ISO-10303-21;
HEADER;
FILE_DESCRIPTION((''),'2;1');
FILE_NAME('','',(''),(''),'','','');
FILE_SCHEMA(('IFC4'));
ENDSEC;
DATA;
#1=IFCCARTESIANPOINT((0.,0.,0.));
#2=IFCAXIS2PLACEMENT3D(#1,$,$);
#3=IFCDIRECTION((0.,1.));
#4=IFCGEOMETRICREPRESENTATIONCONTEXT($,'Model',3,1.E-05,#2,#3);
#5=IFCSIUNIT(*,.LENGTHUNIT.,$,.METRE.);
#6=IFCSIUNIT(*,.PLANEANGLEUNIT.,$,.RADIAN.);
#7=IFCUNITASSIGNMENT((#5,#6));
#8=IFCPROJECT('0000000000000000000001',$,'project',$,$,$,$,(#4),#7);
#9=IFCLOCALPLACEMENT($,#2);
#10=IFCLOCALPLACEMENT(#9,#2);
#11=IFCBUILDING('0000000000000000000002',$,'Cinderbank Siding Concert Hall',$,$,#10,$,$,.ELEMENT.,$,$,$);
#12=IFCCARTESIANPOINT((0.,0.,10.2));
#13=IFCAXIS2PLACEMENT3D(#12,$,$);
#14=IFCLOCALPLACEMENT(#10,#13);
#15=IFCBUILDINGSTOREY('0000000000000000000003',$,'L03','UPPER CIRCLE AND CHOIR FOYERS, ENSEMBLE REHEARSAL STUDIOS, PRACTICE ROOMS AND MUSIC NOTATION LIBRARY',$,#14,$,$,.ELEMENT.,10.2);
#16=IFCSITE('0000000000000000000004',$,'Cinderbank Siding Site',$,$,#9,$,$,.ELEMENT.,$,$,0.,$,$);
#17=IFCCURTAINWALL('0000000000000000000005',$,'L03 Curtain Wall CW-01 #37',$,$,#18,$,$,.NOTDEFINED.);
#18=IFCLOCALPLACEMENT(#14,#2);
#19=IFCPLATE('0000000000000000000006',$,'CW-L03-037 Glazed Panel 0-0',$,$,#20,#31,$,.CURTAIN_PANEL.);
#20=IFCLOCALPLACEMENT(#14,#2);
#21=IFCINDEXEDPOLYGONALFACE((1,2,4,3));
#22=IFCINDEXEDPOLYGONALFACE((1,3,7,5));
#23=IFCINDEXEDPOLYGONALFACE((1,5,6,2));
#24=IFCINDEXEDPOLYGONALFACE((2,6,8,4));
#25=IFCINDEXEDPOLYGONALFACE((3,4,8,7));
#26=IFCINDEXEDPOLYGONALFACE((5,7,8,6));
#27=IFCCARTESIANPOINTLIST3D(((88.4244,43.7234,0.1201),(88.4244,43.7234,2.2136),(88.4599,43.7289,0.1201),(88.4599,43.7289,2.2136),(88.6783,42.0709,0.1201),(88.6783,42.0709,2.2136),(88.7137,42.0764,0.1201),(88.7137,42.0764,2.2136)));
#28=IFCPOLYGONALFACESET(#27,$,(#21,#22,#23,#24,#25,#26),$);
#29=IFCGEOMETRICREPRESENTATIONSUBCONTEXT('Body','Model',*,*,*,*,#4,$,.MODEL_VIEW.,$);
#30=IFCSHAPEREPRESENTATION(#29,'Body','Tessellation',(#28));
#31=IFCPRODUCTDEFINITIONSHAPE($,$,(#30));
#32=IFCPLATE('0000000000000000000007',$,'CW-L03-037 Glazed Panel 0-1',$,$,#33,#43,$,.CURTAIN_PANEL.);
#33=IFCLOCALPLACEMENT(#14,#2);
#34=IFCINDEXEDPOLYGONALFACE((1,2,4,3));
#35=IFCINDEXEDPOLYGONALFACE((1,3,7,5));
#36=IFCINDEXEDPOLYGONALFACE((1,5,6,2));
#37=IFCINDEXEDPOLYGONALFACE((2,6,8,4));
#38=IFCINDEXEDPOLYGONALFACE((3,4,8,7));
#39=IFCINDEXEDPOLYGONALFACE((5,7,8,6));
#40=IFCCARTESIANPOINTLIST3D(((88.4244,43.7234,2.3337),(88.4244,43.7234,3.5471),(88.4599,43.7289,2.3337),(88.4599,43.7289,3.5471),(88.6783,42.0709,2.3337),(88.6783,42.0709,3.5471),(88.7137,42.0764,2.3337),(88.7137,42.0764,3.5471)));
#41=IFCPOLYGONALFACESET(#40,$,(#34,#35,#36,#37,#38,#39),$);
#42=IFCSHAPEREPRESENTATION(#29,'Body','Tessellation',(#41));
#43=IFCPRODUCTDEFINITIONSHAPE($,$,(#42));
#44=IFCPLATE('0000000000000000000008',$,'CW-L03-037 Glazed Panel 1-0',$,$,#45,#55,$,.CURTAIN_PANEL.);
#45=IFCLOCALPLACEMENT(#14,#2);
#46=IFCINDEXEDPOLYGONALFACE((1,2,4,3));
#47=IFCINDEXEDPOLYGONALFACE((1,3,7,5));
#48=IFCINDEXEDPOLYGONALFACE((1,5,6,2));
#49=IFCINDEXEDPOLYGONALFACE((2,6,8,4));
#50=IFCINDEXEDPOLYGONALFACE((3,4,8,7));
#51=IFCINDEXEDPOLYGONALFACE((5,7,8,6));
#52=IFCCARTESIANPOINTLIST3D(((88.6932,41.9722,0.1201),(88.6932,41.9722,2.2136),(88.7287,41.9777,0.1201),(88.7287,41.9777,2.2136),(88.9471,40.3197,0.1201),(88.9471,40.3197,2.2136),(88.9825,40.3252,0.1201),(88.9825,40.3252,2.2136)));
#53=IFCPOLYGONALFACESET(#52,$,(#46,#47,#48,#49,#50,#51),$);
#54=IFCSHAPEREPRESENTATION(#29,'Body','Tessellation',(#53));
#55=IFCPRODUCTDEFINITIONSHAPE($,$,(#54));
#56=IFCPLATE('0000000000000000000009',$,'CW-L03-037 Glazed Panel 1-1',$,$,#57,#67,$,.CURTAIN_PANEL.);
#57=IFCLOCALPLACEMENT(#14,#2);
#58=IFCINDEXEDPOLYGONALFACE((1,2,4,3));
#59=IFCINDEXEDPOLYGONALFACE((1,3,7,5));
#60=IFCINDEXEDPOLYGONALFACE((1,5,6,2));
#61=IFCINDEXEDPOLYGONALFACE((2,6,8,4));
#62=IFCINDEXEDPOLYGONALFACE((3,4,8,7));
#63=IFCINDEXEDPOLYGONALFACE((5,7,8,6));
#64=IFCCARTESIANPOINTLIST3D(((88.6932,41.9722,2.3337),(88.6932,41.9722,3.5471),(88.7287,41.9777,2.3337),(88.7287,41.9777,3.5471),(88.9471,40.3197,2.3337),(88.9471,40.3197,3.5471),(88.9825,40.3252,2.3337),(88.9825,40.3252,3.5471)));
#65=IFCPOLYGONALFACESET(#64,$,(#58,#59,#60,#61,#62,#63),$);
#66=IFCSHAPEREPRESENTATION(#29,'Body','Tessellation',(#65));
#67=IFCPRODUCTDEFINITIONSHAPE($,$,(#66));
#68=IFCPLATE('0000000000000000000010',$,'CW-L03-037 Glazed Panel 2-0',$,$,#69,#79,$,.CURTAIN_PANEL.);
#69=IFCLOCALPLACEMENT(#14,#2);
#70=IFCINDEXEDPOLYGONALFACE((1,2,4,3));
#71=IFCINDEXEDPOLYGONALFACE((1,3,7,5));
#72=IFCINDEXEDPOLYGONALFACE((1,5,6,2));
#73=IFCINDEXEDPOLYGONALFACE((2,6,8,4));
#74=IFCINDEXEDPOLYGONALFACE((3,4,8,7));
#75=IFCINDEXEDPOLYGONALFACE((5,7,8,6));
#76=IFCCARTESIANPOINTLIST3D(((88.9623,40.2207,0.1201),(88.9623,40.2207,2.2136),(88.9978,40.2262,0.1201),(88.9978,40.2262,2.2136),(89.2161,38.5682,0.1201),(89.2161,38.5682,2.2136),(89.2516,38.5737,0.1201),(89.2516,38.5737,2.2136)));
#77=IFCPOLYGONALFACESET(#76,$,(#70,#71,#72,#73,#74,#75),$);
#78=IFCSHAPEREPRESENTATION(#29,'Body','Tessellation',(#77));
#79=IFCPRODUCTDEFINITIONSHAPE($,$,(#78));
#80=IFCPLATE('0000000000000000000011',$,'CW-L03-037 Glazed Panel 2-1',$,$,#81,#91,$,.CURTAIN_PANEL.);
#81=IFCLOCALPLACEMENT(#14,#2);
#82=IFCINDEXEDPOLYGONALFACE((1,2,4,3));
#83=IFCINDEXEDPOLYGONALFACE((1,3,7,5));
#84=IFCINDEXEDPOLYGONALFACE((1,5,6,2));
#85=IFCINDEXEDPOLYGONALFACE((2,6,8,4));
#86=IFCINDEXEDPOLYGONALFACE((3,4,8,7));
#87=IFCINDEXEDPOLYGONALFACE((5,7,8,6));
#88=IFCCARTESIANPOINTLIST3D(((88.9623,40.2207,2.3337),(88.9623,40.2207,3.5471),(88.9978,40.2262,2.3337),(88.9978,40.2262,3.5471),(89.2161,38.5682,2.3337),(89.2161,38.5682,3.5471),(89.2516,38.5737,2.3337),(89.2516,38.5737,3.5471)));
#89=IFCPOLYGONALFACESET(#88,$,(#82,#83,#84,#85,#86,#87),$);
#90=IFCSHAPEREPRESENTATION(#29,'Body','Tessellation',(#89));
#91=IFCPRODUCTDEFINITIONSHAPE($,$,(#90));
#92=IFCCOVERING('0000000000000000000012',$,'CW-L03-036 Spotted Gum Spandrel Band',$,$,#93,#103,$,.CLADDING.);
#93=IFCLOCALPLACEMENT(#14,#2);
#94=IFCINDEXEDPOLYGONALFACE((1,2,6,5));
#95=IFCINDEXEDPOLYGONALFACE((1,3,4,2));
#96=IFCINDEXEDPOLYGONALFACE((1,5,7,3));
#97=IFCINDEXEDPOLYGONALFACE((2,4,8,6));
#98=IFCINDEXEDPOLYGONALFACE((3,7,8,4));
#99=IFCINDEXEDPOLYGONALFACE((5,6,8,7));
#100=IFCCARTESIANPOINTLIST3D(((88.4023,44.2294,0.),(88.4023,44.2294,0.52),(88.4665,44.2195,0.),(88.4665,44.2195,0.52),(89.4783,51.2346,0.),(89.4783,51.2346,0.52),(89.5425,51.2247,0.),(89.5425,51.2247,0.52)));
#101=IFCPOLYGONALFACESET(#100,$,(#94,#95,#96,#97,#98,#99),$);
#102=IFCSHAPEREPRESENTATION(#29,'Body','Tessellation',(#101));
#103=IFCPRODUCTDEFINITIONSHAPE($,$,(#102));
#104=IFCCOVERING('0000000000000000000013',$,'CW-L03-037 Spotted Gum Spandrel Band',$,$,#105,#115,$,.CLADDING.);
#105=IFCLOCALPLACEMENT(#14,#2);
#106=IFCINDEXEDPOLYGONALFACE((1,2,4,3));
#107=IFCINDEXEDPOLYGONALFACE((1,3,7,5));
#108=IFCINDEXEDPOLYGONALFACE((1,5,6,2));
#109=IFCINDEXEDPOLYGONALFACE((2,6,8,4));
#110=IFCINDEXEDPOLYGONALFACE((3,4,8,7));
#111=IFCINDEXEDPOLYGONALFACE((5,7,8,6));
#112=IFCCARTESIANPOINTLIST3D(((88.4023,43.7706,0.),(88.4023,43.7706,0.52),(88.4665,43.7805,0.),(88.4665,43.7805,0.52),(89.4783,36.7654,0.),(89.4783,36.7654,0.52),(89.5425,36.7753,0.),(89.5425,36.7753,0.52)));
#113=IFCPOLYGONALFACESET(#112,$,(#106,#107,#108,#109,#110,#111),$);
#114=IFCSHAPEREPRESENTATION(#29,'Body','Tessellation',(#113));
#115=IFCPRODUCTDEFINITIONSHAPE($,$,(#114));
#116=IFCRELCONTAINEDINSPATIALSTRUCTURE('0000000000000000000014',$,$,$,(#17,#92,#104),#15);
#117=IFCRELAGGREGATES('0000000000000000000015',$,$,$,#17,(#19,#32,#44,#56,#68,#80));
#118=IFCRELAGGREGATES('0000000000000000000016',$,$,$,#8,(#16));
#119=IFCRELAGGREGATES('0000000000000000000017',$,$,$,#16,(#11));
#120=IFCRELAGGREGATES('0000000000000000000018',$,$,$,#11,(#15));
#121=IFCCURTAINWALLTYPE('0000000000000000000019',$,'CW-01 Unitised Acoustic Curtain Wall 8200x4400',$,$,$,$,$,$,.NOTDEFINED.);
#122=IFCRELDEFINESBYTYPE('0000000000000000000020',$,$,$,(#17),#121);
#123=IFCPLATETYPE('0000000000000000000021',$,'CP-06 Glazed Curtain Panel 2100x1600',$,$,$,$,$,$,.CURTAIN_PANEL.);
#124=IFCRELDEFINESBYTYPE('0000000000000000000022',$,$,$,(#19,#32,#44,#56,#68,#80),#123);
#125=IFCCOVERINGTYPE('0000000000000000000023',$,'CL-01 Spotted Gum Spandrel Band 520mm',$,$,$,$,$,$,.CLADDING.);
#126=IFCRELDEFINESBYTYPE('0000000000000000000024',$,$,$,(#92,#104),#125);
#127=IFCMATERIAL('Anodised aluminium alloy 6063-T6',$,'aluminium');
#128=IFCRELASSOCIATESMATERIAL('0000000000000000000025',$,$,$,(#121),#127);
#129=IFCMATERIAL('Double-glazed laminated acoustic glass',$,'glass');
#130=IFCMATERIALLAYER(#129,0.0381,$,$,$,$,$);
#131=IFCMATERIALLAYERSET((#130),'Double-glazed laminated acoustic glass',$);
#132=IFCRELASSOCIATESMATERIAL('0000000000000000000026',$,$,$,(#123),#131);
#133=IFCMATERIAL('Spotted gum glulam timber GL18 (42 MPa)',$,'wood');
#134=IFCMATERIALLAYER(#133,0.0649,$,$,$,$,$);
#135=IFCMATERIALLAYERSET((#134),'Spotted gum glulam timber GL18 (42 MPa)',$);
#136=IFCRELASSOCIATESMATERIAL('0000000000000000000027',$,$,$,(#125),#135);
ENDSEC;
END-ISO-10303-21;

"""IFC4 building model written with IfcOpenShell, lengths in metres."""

from ifc_helpers import new_model, si_unit, direction, frame, origin, origin_2d, place, context, subcontext, project, spatial, rectangle, extrude, material, layer, layer_set, type_object, element, aggregate, save


model = new_model("IFC4")

# Units and contexts
model_context = context("Model", 3, precision=1e-05, world=origin(), true_north=direction((0.0, 1.0)))
body_context = subcontext(model_context, "Body", "Model", "MODEL_VIEW")
ifc_project = project(units=[si_unit("LENGTHUNIT", "METRE"), si_unit("PLANEANGLEUNIT", "RADIAN")], contexts=[model_context])

# Site, building, storey
site_placement = place(None, origin())
site = spatial("IfcSite", under=ifc_project, at=site_placement, Name="Cinderbank Siding Site", CompositionType="ELEMENT", RefElevation=0.0)
building_placement = place(site_placement, origin())
building = spatial("IfcBuilding", under=site, at=building_placement, Name="Cinderbank Siding Concert Hall", CompositionType="ELEMENT")
storey_placement = place(building_placement, frame((0.0, 0.0, 10.2)))
storey = spatial("IfcBuildingStorey", under=building, at=storey_placement, Name="L03", Description="UPPER CIRCLE AND CHOIR FOYERS, ENSEMBLE REHEARSAL STUDIOS, PRACTICE ROOMS AND MUSIC NOTATION LIBRARY", CompositionType="ELEMENT", Elevation=10.2)

# Curtain wall
ifc_material_1 = material(Name="Anodised aluminium alloy 6063-T6", Category="aluminium")
curtain_wall_type_1 = type_object("IfcCurtainWallType", Name="CW-01 Unitised Acoustic Curtain Wall 8200x4400", PredefinedType="NOTDEFINED", material=ifc_material_1)
curtain_wall_1_placement = place(storey_placement, origin())
curtain_wall_1 = element("IfcCurtainWall", 1, at=curtain_wall_1_placement, inside=storey, type_object=curtain_wall_type_1, Name="L03 Curtain Wall CW-01 #37", PredefinedType="NOTDEFINED")

# Plates
ifc_material_2 = material(Name="Double-glazed laminated acoustic glass", Category="glass")
ifc_layer_1 = layer(ifc_material_2, 0.0381)
ifc_layer_set_1 = layer_set([ifc_layer_1], Name="Double-glazed laminated acoustic glass")
plate_type_1 = type_object("IfcPlateType", Name="CP-06 Glazed Curtain Panel 2100x1600", PredefinedType="CURTAIN_PANEL", material=ifc_layer_set_1)
plate_1_placement = place(storey_placement, frame((88.5691, 42.8999, 0.1201), z_axis=(0.0, 0.0, 1.0), x_axis=(0.151815, -0.988409, 0.0)))
plate_1 = element("IfcPlate", 2, at=plate_1_placement, type_object=plate_type_1, Name="CW-L03-037 Glazed Panel 0-0", PredefinedType="CURTAIN_PANEL", context=body_context, shape_type="SweptSolid", body=[
    extrude(rectangle(XDim=1.6719, YDim=0.0359, at=origin_2d()), origin(), (0.0, 0.0, 1.0), 2.0935),
])
plate_2_placement = place(storey_placement, frame((88.5691, 42.8999, 2.3337), z_axis=(0.0, 0.0, 1.0), x_axis=(0.151815, -0.988409, 0.0)))
plate_2 = element("IfcPlate", 3, at=plate_2_placement, type_object=plate_type_1, Name="CW-L03-037 Glazed Panel 0-1", PredefinedType="CURTAIN_PANEL", context=body_context, shape_type="SweptSolid", body=[
    extrude(rectangle(XDim=1.6719, YDim=0.0359, at=origin_2d()), origin(), (0.0, 0.0, 1.0), 1.2134),
])
plate_3_placement = place(storey_placement, frame((88.8379, 41.1487, 0.1201), z_axis=(0.0, 0.0, 1.0), x_axis=(0.151815, -0.988409, 0.0)))
plate_3 = element("IfcPlate", 4, at=plate_3_placement, type_object=plate_type_1, Name="CW-L03-037 Glazed Panel 1-0", PredefinedType="CURTAIN_PANEL", context=body_context, shape_type="SweptSolid", body=[
    extrude(rectangle(XDim=1.6719, YDim=0.0359, at=origin_2d()), origin(), (0.0, 0.0, 1.0), 2.0935),
])
plate_4_placement = place(storey_placement, frame((88.8379, 41.1487, 2.3337), z_axis=(0.0, 0.0, 1.0), x_axis=(0.151815, -0.988409, 0.0)))
plate_4 = element("IfcPlate", 5, at=plate_4_placement, type_object=plate_type_1, Name="CW-L03-037 Glazed Panel 1-1", PredefinedType="CURTAIN_PANEL", context=body_context, shape_type="SweptSolid", body=[
    extrude(rectangle(XDim=1.6719, YDim=0.0359, at=origin_2d()), origin(), (0.0, 0.0, 1.0), 1.2134),
])
plate_5_placement = place(storey_placement, frame((89.1069, 39.3972, 0.1201), z_axis=(0.0, 0.0, 1.0), x_axis=(0.151815, -0.988409, 0.0)))
plate_5 = element("IfcPlate", 6, at=plate_5_placement, type_object=plate_type_1, Name="CW-L03-037 Glazed Panel 2-0", PredefinedType="CURTAIN_PANEL", context=body_context, shape_type="SweptSolid", body=[
    extrude(rectangle(XDim=1.6719, YDim=0.0359, at=origin_2d()), origin(), (0.0, 0.0, 1.0), 2.0935),
])
plate_6_placement = place(storey_placement, frame((89.1069, 39.3972, 2.3337), z_axis=(0.0, 0.0, 1.0), x_axis=(0.151815, -0.988409, 0.0)))
plate_6 = element("IfcPlate", 7, at=plate_6_placement, type_object=plate_type_1, Name="CW-L03-037 Glazed Panel 2-1", PredefinedType="CURTAIN_PANEL", context=body_context, shape_type="SweptSolid", body=[
    extrude(rectangle(XDim=1.6719, YDim=0.0359, at=origin_2d()), origin(), (0.0, 0.0, 1.0), 1.2134),
])
aggregate(curtain_wall_1, [plate_1, plate_2, plate_3, plate_4, plate_5, plate_6])

# Coverings
ifc_material_3 = material(Name="Spotted gum glulam timber GL18 (42 MPa)", Category="wood")
ifc_layer_2 = layer(ifc_material_3, 0.0649)
ifc_layer_set_2 = layer_set([ifc_layer_2], Name="Spotted gum glulam timber GL18 (42 MPa)")
covering_type = type_object("IfcCoveringType", Name="CL-01 Spotted Gum Spandrel Band 520mm", PredefinedType="CLADDING", material=ifc_layer_set_2)
for number, where, z_axis, x_axis, name in (
    (8, (88.9724, 47.7271, 0.0), (0.0, 0.0, 1.0), (-0.151815, -0.988409, 0.0), "CW-L03-036 Spotted Gum Spandrel Band"),
    (9, (88.9724, 40.2729, 0.0), (0.0, 0.0, 1.0), (0.151815, -0.988409, 0.0), "CW-L03-037 Spotted Gum Spandrel Band"),
):
    element("IfcCovering", number, at=place(storey_placement, frame(where, z_axis=z_axis, x_axis=x_axis)), inside=storey, type_object=covering_type, Name=name, PredefinedType="CLADDING", context=body_context, shape_type="SweptSolid", body=[
        extrude(rectangle(XDim=7.0874, YDim=0.0649, at=origin_2d()), origin(), (0.0, 0.0, 1.0), 0.52),
    ])

save(model, "model.ifc")
